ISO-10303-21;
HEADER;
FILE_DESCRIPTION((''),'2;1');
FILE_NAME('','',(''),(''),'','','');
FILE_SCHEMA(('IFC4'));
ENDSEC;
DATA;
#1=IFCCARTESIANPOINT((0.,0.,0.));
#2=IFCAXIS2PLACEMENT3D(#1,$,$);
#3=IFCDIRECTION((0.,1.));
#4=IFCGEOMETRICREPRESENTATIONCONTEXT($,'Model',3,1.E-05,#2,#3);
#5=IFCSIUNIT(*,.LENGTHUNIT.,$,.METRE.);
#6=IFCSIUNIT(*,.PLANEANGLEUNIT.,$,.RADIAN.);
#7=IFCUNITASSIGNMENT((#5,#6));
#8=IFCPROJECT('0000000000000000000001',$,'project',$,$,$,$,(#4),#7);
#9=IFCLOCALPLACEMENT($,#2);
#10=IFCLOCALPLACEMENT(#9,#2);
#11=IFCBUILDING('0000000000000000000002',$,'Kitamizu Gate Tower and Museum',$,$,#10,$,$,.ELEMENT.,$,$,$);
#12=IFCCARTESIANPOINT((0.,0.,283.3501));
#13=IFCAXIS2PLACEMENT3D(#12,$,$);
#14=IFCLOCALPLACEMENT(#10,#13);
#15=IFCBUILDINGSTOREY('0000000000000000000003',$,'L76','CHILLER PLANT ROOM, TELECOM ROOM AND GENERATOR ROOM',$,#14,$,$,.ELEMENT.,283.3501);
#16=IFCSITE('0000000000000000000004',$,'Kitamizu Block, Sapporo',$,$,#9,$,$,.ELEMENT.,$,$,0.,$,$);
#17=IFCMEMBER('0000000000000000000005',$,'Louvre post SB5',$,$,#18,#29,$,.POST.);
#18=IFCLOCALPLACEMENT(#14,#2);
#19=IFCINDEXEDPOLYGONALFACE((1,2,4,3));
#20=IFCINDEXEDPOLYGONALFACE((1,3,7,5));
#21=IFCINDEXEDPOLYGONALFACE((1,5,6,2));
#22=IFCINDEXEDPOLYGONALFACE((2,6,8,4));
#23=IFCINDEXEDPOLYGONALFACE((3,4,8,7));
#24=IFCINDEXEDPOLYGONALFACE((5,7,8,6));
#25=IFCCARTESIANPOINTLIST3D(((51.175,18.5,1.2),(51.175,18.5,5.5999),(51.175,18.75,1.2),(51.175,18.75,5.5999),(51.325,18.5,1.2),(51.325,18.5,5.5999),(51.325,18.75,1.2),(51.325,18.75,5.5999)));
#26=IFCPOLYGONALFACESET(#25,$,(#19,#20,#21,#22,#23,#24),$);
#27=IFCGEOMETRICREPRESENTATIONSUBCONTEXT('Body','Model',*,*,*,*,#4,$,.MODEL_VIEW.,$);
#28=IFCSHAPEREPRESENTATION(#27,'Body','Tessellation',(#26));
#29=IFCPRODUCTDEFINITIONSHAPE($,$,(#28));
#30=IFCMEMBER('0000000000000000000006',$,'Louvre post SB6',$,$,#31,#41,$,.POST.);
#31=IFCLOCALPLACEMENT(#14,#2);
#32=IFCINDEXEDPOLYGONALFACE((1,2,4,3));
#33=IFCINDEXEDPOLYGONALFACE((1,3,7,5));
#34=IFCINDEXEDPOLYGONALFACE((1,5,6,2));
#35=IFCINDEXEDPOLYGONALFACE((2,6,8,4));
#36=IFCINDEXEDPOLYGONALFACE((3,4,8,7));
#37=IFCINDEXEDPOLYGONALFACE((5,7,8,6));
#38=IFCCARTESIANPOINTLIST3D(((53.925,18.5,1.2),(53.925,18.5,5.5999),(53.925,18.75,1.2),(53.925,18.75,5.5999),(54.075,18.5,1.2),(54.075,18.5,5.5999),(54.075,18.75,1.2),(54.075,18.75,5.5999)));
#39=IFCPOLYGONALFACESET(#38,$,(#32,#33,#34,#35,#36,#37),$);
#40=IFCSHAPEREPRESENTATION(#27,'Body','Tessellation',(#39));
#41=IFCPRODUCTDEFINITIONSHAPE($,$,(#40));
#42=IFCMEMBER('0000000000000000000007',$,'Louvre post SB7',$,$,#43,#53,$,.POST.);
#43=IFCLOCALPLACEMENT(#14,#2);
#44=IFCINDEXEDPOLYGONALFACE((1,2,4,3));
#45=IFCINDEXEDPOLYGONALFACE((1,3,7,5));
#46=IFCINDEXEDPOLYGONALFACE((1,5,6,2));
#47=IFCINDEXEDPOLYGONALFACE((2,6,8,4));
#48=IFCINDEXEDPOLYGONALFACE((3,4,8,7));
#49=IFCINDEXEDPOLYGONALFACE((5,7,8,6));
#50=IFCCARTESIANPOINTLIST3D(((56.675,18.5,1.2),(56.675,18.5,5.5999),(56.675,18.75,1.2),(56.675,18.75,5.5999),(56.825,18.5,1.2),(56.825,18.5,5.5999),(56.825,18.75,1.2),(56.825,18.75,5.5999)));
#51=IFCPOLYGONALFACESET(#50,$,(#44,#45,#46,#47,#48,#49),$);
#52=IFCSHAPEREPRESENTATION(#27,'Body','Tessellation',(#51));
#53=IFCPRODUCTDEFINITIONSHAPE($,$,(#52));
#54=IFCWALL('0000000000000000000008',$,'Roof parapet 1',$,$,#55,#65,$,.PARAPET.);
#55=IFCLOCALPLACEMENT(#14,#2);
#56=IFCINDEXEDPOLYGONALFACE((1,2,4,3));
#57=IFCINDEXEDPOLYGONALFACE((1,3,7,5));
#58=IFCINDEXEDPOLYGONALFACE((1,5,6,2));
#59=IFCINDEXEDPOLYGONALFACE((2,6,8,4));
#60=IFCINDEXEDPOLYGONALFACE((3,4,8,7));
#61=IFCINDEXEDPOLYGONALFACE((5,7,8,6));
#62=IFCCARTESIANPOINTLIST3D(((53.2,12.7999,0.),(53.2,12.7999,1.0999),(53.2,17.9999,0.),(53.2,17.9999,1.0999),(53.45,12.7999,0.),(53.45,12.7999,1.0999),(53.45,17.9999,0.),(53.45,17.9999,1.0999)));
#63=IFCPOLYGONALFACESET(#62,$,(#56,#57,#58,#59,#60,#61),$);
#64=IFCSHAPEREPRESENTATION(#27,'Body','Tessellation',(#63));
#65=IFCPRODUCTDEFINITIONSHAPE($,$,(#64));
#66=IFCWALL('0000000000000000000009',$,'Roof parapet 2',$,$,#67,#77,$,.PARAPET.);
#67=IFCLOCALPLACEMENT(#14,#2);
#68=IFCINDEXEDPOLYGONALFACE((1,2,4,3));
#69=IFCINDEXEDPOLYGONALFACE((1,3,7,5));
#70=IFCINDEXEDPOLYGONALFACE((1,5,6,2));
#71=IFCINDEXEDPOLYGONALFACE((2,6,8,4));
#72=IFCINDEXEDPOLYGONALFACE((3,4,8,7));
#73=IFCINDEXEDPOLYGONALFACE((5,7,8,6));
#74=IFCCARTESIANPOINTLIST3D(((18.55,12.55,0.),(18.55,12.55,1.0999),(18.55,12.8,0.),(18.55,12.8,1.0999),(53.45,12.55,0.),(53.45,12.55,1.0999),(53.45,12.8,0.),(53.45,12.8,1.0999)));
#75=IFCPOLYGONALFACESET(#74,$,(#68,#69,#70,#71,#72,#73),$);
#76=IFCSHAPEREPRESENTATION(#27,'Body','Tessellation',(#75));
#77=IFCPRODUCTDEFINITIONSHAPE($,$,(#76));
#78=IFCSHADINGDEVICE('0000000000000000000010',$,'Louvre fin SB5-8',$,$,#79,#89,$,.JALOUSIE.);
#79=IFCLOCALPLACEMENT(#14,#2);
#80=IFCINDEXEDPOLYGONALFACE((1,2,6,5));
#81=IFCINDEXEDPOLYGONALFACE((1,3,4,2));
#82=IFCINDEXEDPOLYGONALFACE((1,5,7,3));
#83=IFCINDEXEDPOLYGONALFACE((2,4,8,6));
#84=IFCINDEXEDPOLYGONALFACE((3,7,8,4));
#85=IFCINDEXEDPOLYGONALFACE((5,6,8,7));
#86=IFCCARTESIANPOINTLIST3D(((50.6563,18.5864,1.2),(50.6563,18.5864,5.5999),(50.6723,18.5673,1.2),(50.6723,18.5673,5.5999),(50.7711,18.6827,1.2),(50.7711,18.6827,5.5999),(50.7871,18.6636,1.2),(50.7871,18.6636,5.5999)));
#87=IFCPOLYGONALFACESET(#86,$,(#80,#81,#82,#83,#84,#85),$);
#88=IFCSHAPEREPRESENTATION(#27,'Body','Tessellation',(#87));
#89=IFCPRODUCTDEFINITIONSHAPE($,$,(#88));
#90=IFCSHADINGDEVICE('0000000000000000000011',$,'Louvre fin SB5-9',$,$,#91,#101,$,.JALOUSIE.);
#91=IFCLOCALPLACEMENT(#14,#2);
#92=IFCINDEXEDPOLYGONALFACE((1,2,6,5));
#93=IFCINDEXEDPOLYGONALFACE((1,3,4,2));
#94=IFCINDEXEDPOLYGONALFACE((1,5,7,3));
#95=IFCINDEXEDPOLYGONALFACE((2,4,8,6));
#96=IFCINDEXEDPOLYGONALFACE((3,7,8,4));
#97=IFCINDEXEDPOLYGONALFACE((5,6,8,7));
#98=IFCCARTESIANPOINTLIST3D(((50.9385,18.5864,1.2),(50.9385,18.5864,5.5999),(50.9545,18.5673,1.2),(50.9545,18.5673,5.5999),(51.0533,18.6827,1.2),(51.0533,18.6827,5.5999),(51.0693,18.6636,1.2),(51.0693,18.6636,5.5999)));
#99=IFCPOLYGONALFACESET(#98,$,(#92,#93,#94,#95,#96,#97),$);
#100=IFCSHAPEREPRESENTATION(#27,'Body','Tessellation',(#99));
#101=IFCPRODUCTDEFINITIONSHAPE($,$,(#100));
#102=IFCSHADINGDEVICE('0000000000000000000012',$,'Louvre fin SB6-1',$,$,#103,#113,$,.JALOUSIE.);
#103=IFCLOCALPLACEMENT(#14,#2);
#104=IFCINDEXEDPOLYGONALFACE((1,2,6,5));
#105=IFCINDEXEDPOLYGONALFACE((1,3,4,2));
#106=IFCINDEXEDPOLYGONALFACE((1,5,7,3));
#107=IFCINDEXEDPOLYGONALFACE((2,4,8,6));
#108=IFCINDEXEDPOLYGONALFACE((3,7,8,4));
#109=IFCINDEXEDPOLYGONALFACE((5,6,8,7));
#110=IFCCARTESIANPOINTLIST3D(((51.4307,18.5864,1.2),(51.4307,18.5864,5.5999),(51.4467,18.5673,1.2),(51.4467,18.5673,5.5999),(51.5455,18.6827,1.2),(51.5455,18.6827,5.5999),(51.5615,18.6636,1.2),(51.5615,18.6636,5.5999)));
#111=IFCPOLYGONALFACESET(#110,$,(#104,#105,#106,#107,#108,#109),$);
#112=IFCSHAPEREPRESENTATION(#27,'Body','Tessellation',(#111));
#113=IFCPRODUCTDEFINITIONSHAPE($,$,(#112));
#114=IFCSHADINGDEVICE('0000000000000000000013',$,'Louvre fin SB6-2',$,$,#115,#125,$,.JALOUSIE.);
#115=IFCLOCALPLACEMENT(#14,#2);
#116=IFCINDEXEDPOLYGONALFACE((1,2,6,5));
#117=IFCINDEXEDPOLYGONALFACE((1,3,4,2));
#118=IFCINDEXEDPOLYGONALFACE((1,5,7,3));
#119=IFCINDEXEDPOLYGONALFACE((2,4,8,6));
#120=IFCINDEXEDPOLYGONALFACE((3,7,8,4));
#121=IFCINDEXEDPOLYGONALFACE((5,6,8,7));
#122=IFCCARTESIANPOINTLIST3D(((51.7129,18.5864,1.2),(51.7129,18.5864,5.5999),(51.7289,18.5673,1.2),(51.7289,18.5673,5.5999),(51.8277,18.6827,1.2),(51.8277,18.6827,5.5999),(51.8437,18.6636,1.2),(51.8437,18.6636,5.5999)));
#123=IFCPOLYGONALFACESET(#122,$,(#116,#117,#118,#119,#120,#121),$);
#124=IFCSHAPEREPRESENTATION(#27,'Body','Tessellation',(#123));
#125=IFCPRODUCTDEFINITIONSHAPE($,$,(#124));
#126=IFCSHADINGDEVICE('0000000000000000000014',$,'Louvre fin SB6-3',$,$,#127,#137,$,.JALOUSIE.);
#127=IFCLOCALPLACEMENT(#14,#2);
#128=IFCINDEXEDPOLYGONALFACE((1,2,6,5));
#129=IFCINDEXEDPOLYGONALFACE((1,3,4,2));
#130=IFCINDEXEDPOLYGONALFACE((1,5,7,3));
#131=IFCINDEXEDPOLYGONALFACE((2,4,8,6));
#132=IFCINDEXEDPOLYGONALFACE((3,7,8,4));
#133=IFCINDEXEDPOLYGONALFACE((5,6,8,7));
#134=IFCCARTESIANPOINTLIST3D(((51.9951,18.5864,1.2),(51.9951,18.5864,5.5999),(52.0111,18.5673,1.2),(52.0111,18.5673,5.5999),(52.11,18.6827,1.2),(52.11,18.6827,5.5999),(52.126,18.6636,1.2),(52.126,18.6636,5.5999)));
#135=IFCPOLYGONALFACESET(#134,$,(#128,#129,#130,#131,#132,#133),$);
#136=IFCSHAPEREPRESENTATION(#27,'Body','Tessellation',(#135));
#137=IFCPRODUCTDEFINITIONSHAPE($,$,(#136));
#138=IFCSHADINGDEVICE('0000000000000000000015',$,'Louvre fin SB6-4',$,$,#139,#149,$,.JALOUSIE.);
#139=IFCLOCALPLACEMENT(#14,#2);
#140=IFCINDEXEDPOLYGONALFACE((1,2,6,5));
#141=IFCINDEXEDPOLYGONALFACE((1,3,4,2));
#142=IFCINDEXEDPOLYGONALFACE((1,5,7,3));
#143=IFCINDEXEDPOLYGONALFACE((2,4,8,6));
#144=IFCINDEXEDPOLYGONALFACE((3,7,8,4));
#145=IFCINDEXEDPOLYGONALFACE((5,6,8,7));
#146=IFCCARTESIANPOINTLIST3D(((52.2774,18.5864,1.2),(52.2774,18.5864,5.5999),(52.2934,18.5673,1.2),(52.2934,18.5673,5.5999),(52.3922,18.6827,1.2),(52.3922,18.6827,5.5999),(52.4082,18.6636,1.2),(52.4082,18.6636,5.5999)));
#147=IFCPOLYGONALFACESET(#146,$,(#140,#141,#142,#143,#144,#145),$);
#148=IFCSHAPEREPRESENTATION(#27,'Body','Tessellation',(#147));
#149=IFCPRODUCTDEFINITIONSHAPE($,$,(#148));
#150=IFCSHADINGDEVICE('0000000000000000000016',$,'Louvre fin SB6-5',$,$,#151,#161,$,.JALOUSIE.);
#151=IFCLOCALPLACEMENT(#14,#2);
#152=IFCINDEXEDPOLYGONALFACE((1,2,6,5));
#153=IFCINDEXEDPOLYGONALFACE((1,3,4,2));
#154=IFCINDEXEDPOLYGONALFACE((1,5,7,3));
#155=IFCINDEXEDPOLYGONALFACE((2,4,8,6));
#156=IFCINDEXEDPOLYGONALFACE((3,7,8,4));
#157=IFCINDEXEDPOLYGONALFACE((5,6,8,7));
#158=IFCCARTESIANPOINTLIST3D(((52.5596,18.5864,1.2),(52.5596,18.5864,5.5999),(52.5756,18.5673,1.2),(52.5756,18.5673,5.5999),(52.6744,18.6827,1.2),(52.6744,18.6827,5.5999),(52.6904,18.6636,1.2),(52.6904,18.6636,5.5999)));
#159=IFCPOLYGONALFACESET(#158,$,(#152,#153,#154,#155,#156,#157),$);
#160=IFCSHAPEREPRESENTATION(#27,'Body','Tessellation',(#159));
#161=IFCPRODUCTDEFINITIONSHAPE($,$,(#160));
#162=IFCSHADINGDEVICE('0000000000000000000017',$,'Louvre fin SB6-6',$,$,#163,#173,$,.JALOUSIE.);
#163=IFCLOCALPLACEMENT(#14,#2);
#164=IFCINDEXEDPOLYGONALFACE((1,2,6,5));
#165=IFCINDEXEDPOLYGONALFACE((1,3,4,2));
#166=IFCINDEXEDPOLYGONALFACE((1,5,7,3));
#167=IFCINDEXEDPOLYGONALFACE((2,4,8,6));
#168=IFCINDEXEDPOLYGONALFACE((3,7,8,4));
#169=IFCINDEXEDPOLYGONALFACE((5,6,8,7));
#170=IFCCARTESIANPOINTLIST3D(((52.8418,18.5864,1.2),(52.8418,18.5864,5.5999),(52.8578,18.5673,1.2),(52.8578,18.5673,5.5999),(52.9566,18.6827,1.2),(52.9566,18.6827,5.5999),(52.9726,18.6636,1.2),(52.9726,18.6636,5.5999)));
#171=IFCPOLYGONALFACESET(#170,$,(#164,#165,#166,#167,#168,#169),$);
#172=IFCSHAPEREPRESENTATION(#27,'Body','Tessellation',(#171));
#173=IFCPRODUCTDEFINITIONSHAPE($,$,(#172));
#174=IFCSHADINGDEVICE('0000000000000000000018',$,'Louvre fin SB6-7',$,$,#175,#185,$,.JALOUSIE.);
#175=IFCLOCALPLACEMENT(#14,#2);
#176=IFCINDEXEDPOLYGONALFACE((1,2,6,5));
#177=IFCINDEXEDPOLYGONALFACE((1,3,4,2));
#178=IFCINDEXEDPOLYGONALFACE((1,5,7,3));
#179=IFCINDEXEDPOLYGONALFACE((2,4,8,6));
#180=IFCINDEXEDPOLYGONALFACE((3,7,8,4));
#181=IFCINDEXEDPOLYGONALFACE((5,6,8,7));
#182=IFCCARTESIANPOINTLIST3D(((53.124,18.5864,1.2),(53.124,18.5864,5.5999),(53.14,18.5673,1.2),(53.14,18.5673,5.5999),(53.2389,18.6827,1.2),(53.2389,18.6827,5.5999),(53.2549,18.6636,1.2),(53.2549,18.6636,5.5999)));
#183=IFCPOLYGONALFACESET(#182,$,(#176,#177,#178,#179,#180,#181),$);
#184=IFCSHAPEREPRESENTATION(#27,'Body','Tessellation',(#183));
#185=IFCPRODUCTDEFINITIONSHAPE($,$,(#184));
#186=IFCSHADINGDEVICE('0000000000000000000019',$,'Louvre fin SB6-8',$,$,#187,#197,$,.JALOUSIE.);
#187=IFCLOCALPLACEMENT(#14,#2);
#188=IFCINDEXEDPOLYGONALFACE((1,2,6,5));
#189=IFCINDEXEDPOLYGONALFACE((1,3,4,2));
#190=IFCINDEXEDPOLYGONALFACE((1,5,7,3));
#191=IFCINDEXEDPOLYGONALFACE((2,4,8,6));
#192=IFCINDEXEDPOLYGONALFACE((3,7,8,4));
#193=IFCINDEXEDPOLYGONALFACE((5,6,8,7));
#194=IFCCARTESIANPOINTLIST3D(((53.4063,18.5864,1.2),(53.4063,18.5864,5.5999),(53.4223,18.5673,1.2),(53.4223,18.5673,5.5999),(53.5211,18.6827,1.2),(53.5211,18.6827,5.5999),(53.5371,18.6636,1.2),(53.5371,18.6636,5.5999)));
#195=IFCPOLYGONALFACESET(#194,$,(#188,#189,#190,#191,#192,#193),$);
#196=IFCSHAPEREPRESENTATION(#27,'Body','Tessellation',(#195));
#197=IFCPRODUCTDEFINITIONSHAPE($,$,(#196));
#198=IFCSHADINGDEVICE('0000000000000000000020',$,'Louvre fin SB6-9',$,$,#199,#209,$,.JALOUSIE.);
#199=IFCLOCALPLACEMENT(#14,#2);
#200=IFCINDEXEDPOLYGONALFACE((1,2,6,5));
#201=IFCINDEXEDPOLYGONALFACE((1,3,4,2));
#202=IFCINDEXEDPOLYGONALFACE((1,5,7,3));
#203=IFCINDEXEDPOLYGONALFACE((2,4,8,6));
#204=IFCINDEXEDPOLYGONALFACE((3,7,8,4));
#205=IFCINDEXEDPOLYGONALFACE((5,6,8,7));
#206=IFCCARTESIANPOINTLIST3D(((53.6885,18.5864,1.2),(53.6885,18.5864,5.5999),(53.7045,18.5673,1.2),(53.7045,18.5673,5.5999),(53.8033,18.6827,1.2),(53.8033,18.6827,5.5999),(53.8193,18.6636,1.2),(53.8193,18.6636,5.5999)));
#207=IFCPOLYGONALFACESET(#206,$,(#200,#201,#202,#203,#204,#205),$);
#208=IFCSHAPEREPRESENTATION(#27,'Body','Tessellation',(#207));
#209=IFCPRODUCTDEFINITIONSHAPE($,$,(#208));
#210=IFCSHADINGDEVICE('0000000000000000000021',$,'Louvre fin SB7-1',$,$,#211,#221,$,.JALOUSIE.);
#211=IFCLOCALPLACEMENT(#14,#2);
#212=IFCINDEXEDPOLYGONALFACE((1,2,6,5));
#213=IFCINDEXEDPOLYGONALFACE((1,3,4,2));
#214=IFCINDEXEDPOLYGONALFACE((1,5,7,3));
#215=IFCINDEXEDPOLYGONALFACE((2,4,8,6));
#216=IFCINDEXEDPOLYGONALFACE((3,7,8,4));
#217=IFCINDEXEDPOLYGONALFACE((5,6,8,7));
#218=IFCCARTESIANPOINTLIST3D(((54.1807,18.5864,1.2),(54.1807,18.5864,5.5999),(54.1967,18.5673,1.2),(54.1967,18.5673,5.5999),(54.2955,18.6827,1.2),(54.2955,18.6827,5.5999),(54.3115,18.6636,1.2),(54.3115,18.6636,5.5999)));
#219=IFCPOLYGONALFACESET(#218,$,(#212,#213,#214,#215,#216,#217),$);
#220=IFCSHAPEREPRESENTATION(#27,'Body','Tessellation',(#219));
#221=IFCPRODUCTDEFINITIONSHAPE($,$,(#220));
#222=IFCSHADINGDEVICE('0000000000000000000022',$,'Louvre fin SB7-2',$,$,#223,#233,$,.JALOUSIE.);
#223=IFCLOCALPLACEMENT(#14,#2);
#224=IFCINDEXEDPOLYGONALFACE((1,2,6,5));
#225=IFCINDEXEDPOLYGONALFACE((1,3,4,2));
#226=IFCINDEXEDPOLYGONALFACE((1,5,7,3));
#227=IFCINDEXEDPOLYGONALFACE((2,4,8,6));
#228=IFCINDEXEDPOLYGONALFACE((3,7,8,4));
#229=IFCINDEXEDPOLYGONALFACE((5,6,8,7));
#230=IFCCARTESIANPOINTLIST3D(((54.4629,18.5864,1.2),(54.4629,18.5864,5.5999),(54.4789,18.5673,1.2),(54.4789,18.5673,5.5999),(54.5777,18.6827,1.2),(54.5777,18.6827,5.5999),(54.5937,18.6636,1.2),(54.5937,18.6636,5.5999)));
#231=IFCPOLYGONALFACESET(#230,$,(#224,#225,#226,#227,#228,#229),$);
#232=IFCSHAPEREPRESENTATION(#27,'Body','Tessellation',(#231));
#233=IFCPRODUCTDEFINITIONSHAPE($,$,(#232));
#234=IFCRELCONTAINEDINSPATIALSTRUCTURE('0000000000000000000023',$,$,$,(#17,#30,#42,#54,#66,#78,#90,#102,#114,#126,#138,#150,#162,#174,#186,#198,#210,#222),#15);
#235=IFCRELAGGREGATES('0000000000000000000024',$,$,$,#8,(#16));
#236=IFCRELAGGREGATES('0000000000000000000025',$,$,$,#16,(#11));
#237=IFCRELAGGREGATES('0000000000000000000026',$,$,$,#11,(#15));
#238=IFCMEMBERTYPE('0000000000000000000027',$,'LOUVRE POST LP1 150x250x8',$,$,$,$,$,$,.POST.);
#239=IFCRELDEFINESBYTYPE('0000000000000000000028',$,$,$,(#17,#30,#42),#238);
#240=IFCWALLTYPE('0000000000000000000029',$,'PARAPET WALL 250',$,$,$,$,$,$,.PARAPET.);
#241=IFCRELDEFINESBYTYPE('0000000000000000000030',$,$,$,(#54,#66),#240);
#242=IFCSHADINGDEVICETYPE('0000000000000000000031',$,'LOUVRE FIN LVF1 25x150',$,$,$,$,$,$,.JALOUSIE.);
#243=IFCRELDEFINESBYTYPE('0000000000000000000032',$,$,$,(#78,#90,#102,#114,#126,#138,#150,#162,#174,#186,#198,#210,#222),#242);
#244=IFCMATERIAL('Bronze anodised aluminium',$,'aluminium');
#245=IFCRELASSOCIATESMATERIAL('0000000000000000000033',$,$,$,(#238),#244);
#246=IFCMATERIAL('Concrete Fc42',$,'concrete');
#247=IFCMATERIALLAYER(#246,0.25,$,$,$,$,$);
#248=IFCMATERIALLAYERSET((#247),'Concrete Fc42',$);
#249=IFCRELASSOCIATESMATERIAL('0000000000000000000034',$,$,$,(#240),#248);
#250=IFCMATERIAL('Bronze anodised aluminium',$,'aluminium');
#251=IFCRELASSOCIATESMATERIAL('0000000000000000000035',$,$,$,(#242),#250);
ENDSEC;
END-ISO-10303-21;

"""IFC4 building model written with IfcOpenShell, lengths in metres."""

from ifc_helpers import new_model, si_unit, direction, frame, frame_2d, origin, origin_2d, place, context, subcontext, project, spatial, rectangle, extrude, material, layer, layer_set, material_profile, profile_set, type_object, element, save


model = new_model("IFC4")

# Units and contexts
model_context = context("Model", 3, precision=1e-05, world=origin(), true_north=direction((0.0, 1.0)))
body_context = subcontext(model_context, "Body", "Model", "MODEL_VIEW")
ifc_project = project(units=[si_unit("LENGTHUNIT", "METRE"), si_unit("PLANEANGLEUNIT", "RADIAN")], contexts=[model_context])

# Site, building, storey
site_placement = place(None, origin())
site = spatial("IfcSite", under=ifc_project, at=site_placement, Name="Kitamizu Block, Sapporo", CompositionType="ELEMENT", RefElevation=0.0)
building_placement = place(site_placement, origin())
building = spatial("IfcBuilding", under=site, at=building_placement, Name="Kitamizu Gate Tower and Museum", CompositionType="ELEMENT")
storey_placement = place(building_placement, frame((0.0, 0.0, 283.3501)))
storey = spatial("IfcBuildingStorey", under=building, at=storey_placement, Name="L76", Description="CHILLER PLANT ROOM, TELECOM ROOM AND GENERATOR ROOM", CompositionType="ELEMENT", Elevation=283.3501)

# Members
ifc_material_1 = material(Name="Bronze anodised aluminium", Category="aluminium")
ifc_material_profile_1 = material_profile(ifc_material_1, rectangle(XDim=0.1499, YDim=0.25, at=origin_2d()), Name="AL 150x250")
ifc_profile_set_1 = profile_set([ifc_material_profile_1], Name="Bronze anodised aluminium")
member_type = type_object("IfcMemberType", Name="LOUVRE POST LP1 150x250x8", PredefinedType="POST", material=ifc_profile_set_1)
for number, where, z_axis, x_axis, name in (
    (1, (51.25, 18.625, 1.2), (0.0, 0.0, 1.0), (1.0, 0.0, 0.0), "Louvre post SB5"),
    (2, (54.0, 18.625, 1.2), (0.0, 0.0, 1.0), (1.0, 0.0, 0.0), "Louvre post SB6"),
    (3, (56.75, 18.625, 1.2), (0.0, 0.0, 1.0), (1.0, 0.0, 0.0), "Louvre post SB7"),
):
    element("IfcMember", number, at=place(storey_placement, frame(where, z_axis=z_axis, x_axis=x_axis)), inside=storey, type_object=member_type, Name=name, PredefinedType="POST", context=body_context, shape_type="SweptSolid", body=[
        extrude(rectangle(XDim=0.1499, YDim=0.25, at=origin_2d()), origin(), (0.0, 0.0, 1.0), 4.3999),
    ])

# Walls
ifc_material_2 = material(Name="Concrete Fc42", Category="concrete")
ifc_layer = layer(ifc_material_2, 0.25)
ifc_layer_set = layer_set([ifc_layer], Name="Concrete Fc42")
wall_type = type_object("IfcWallType", Name="PARAPET WALL 250", PredefinedType="PARAPET", material=ifc_layer_set)
wall_1_placement = place(storey_placement, frame((53.325, 18.0, 0.0), z_axis=(0.0, 0.0, 1.0), x_axis=(0.0, -1.0, 0.0)))
element("IfcWall", 4, at=wall_1_placement, inside=storey, type_object=wall_type, Name="Roof parapet 1", PredefinedType="PARAPET", context=body_context, shape_type="SweptSolid", body=[
    extrude(rectangle(XDim=5.2, YDim=0.25, at=frame_2d((2.6001, 0.0))), origin(), (0.0, 0.0, 1.0), 1.0999),
])
wall_2_placement = place(storey_placement, frame((53.45, 12.675, 0.0), z_axis=(0.0, 0.0, 1.0), x_axis=(-1.0, 0.0, 0.0)))
element("IfcWall", 5, at=wall_2_placement, inside=storey, type_object=wall_type, Name="Roof parapet 2", PredefinedType="PARAPET", context=body_context, shape_type="SweptSolid", body=[
    extrude(rectangle(XDim=34.8999, YDim=0.25, at=frame_2d((17.45, 0.0))), origin(), (0.0, 0.0, 1.0), 1.0999),
])

# Shading devices
ifc_material_3 = material(Name="Bronze anodised aluminium", Category="aluminium")
ifc_material_profile_2 = material_profile(ifc_material_3, rectangle(XDim=0.1499, YDim=0.0249, at=origin_2d()), Name="AL 25x150")
ifc_profile_set_2 = profile_set([ifc_material_profile_2], Name="Bronze anodised aluminium")
shading_device_type = type_object("IfcShadingDeviceType", Name="LOUVRE FIN LVF1 25x150", PredefinedType="JALOUSIE", material=ifc_profile_set_2)
for number, where, z_axis, x_axis, name in (
    (6, (50.7217, 18.625, 1.2), (0.0, 0.0, 1.0), (0.766044, 0.642788, 0.0), "Louvre fin SB5-8"),
    (7, (51.0039, 18.625, 1.2), (0.0, 0.0, 1.0), (0.766044, 0.642788, 0.0), "Louvre fin SB5-9"),
    (8, (51.4961, 18.625, 1.2), (0.0, 0.0, 1.0), (0.766044, 0.642788, 0.0), "Louvre fin SB6-1"),
    (9, (51.7783, 18.625, 1.2), (0.0, 0.0, 1.0), (0.766044, 0.642788, 0.0), "Louvre fin SB6-2"),
    (10, (52.0605, 18.625, 1.2), (0.0, 0.0, 1.0), (0.766044, 0.642788, 0.0), "Louvre fin SB6-3"),
    (11, (52.3428, 18.625, 1.2), (0.0, 0.0, 1.0), (0.766044, 0.642788, 0.0), "Louvre fin SB6-4"),
    (12, (52.625, 18.625, 1.2), (0.0, 0.0, 1.0), (0.766044, 0.642788, 0.0), "Louvre fin SB6-5"),
    (13, (52.9072, 18.625, 1.2), (0.0, 0.0, 1.0), (0.766044, 0.642788, 0.0), "Louvre fin SB6-6"),
    (14, (53.1895, 18.625, 1.2), (0.0, 0.0, 1.0), (0.766044, 0.642788, 0.0), "Louvre fin SB6-7"),
    (15, (53.4717, 18.625, 1.2), (0.0, 0.0, 1.0), (0.766044, 0.642788, 0.0), "Louvre fin SB6-8"),
    (16, (53.7539, 18.625, 1.2), (0.0, 0.0, 1.0), (0.766044, 0.642788, 0.0), "Louvre fin SB6-9"),
    (17, (54.2461, 18.625, 1.2), (0.0, 0.0, 1.0), (0.766044, 0.642788, 0.0), "Louvre fin SB7-1"),
    (18, (54.5283, 18.625, 1.2), (0.0, 0.0, 1.0), (0.766044, 0.642788, 0.0), "Louvre fin SB7-2"),
):
    element("IfcShadingDevice", number, at=place(storey_placement, frame(where, z_axis=z_axis, x_axis=x_axis)), inside=storey, type_object=shading_device_type, Name=name, PredefinedType="JALOUSIE", context=body_context, shape_type="SweptSolid", body=[
        extrude(rectangle(XDim=0.1499, YDim=0.0249, at=origin_2d()), origin(), (0.0, 0.0, 1.0), 4.3999),
    ])

save(model, "model.ifc")
